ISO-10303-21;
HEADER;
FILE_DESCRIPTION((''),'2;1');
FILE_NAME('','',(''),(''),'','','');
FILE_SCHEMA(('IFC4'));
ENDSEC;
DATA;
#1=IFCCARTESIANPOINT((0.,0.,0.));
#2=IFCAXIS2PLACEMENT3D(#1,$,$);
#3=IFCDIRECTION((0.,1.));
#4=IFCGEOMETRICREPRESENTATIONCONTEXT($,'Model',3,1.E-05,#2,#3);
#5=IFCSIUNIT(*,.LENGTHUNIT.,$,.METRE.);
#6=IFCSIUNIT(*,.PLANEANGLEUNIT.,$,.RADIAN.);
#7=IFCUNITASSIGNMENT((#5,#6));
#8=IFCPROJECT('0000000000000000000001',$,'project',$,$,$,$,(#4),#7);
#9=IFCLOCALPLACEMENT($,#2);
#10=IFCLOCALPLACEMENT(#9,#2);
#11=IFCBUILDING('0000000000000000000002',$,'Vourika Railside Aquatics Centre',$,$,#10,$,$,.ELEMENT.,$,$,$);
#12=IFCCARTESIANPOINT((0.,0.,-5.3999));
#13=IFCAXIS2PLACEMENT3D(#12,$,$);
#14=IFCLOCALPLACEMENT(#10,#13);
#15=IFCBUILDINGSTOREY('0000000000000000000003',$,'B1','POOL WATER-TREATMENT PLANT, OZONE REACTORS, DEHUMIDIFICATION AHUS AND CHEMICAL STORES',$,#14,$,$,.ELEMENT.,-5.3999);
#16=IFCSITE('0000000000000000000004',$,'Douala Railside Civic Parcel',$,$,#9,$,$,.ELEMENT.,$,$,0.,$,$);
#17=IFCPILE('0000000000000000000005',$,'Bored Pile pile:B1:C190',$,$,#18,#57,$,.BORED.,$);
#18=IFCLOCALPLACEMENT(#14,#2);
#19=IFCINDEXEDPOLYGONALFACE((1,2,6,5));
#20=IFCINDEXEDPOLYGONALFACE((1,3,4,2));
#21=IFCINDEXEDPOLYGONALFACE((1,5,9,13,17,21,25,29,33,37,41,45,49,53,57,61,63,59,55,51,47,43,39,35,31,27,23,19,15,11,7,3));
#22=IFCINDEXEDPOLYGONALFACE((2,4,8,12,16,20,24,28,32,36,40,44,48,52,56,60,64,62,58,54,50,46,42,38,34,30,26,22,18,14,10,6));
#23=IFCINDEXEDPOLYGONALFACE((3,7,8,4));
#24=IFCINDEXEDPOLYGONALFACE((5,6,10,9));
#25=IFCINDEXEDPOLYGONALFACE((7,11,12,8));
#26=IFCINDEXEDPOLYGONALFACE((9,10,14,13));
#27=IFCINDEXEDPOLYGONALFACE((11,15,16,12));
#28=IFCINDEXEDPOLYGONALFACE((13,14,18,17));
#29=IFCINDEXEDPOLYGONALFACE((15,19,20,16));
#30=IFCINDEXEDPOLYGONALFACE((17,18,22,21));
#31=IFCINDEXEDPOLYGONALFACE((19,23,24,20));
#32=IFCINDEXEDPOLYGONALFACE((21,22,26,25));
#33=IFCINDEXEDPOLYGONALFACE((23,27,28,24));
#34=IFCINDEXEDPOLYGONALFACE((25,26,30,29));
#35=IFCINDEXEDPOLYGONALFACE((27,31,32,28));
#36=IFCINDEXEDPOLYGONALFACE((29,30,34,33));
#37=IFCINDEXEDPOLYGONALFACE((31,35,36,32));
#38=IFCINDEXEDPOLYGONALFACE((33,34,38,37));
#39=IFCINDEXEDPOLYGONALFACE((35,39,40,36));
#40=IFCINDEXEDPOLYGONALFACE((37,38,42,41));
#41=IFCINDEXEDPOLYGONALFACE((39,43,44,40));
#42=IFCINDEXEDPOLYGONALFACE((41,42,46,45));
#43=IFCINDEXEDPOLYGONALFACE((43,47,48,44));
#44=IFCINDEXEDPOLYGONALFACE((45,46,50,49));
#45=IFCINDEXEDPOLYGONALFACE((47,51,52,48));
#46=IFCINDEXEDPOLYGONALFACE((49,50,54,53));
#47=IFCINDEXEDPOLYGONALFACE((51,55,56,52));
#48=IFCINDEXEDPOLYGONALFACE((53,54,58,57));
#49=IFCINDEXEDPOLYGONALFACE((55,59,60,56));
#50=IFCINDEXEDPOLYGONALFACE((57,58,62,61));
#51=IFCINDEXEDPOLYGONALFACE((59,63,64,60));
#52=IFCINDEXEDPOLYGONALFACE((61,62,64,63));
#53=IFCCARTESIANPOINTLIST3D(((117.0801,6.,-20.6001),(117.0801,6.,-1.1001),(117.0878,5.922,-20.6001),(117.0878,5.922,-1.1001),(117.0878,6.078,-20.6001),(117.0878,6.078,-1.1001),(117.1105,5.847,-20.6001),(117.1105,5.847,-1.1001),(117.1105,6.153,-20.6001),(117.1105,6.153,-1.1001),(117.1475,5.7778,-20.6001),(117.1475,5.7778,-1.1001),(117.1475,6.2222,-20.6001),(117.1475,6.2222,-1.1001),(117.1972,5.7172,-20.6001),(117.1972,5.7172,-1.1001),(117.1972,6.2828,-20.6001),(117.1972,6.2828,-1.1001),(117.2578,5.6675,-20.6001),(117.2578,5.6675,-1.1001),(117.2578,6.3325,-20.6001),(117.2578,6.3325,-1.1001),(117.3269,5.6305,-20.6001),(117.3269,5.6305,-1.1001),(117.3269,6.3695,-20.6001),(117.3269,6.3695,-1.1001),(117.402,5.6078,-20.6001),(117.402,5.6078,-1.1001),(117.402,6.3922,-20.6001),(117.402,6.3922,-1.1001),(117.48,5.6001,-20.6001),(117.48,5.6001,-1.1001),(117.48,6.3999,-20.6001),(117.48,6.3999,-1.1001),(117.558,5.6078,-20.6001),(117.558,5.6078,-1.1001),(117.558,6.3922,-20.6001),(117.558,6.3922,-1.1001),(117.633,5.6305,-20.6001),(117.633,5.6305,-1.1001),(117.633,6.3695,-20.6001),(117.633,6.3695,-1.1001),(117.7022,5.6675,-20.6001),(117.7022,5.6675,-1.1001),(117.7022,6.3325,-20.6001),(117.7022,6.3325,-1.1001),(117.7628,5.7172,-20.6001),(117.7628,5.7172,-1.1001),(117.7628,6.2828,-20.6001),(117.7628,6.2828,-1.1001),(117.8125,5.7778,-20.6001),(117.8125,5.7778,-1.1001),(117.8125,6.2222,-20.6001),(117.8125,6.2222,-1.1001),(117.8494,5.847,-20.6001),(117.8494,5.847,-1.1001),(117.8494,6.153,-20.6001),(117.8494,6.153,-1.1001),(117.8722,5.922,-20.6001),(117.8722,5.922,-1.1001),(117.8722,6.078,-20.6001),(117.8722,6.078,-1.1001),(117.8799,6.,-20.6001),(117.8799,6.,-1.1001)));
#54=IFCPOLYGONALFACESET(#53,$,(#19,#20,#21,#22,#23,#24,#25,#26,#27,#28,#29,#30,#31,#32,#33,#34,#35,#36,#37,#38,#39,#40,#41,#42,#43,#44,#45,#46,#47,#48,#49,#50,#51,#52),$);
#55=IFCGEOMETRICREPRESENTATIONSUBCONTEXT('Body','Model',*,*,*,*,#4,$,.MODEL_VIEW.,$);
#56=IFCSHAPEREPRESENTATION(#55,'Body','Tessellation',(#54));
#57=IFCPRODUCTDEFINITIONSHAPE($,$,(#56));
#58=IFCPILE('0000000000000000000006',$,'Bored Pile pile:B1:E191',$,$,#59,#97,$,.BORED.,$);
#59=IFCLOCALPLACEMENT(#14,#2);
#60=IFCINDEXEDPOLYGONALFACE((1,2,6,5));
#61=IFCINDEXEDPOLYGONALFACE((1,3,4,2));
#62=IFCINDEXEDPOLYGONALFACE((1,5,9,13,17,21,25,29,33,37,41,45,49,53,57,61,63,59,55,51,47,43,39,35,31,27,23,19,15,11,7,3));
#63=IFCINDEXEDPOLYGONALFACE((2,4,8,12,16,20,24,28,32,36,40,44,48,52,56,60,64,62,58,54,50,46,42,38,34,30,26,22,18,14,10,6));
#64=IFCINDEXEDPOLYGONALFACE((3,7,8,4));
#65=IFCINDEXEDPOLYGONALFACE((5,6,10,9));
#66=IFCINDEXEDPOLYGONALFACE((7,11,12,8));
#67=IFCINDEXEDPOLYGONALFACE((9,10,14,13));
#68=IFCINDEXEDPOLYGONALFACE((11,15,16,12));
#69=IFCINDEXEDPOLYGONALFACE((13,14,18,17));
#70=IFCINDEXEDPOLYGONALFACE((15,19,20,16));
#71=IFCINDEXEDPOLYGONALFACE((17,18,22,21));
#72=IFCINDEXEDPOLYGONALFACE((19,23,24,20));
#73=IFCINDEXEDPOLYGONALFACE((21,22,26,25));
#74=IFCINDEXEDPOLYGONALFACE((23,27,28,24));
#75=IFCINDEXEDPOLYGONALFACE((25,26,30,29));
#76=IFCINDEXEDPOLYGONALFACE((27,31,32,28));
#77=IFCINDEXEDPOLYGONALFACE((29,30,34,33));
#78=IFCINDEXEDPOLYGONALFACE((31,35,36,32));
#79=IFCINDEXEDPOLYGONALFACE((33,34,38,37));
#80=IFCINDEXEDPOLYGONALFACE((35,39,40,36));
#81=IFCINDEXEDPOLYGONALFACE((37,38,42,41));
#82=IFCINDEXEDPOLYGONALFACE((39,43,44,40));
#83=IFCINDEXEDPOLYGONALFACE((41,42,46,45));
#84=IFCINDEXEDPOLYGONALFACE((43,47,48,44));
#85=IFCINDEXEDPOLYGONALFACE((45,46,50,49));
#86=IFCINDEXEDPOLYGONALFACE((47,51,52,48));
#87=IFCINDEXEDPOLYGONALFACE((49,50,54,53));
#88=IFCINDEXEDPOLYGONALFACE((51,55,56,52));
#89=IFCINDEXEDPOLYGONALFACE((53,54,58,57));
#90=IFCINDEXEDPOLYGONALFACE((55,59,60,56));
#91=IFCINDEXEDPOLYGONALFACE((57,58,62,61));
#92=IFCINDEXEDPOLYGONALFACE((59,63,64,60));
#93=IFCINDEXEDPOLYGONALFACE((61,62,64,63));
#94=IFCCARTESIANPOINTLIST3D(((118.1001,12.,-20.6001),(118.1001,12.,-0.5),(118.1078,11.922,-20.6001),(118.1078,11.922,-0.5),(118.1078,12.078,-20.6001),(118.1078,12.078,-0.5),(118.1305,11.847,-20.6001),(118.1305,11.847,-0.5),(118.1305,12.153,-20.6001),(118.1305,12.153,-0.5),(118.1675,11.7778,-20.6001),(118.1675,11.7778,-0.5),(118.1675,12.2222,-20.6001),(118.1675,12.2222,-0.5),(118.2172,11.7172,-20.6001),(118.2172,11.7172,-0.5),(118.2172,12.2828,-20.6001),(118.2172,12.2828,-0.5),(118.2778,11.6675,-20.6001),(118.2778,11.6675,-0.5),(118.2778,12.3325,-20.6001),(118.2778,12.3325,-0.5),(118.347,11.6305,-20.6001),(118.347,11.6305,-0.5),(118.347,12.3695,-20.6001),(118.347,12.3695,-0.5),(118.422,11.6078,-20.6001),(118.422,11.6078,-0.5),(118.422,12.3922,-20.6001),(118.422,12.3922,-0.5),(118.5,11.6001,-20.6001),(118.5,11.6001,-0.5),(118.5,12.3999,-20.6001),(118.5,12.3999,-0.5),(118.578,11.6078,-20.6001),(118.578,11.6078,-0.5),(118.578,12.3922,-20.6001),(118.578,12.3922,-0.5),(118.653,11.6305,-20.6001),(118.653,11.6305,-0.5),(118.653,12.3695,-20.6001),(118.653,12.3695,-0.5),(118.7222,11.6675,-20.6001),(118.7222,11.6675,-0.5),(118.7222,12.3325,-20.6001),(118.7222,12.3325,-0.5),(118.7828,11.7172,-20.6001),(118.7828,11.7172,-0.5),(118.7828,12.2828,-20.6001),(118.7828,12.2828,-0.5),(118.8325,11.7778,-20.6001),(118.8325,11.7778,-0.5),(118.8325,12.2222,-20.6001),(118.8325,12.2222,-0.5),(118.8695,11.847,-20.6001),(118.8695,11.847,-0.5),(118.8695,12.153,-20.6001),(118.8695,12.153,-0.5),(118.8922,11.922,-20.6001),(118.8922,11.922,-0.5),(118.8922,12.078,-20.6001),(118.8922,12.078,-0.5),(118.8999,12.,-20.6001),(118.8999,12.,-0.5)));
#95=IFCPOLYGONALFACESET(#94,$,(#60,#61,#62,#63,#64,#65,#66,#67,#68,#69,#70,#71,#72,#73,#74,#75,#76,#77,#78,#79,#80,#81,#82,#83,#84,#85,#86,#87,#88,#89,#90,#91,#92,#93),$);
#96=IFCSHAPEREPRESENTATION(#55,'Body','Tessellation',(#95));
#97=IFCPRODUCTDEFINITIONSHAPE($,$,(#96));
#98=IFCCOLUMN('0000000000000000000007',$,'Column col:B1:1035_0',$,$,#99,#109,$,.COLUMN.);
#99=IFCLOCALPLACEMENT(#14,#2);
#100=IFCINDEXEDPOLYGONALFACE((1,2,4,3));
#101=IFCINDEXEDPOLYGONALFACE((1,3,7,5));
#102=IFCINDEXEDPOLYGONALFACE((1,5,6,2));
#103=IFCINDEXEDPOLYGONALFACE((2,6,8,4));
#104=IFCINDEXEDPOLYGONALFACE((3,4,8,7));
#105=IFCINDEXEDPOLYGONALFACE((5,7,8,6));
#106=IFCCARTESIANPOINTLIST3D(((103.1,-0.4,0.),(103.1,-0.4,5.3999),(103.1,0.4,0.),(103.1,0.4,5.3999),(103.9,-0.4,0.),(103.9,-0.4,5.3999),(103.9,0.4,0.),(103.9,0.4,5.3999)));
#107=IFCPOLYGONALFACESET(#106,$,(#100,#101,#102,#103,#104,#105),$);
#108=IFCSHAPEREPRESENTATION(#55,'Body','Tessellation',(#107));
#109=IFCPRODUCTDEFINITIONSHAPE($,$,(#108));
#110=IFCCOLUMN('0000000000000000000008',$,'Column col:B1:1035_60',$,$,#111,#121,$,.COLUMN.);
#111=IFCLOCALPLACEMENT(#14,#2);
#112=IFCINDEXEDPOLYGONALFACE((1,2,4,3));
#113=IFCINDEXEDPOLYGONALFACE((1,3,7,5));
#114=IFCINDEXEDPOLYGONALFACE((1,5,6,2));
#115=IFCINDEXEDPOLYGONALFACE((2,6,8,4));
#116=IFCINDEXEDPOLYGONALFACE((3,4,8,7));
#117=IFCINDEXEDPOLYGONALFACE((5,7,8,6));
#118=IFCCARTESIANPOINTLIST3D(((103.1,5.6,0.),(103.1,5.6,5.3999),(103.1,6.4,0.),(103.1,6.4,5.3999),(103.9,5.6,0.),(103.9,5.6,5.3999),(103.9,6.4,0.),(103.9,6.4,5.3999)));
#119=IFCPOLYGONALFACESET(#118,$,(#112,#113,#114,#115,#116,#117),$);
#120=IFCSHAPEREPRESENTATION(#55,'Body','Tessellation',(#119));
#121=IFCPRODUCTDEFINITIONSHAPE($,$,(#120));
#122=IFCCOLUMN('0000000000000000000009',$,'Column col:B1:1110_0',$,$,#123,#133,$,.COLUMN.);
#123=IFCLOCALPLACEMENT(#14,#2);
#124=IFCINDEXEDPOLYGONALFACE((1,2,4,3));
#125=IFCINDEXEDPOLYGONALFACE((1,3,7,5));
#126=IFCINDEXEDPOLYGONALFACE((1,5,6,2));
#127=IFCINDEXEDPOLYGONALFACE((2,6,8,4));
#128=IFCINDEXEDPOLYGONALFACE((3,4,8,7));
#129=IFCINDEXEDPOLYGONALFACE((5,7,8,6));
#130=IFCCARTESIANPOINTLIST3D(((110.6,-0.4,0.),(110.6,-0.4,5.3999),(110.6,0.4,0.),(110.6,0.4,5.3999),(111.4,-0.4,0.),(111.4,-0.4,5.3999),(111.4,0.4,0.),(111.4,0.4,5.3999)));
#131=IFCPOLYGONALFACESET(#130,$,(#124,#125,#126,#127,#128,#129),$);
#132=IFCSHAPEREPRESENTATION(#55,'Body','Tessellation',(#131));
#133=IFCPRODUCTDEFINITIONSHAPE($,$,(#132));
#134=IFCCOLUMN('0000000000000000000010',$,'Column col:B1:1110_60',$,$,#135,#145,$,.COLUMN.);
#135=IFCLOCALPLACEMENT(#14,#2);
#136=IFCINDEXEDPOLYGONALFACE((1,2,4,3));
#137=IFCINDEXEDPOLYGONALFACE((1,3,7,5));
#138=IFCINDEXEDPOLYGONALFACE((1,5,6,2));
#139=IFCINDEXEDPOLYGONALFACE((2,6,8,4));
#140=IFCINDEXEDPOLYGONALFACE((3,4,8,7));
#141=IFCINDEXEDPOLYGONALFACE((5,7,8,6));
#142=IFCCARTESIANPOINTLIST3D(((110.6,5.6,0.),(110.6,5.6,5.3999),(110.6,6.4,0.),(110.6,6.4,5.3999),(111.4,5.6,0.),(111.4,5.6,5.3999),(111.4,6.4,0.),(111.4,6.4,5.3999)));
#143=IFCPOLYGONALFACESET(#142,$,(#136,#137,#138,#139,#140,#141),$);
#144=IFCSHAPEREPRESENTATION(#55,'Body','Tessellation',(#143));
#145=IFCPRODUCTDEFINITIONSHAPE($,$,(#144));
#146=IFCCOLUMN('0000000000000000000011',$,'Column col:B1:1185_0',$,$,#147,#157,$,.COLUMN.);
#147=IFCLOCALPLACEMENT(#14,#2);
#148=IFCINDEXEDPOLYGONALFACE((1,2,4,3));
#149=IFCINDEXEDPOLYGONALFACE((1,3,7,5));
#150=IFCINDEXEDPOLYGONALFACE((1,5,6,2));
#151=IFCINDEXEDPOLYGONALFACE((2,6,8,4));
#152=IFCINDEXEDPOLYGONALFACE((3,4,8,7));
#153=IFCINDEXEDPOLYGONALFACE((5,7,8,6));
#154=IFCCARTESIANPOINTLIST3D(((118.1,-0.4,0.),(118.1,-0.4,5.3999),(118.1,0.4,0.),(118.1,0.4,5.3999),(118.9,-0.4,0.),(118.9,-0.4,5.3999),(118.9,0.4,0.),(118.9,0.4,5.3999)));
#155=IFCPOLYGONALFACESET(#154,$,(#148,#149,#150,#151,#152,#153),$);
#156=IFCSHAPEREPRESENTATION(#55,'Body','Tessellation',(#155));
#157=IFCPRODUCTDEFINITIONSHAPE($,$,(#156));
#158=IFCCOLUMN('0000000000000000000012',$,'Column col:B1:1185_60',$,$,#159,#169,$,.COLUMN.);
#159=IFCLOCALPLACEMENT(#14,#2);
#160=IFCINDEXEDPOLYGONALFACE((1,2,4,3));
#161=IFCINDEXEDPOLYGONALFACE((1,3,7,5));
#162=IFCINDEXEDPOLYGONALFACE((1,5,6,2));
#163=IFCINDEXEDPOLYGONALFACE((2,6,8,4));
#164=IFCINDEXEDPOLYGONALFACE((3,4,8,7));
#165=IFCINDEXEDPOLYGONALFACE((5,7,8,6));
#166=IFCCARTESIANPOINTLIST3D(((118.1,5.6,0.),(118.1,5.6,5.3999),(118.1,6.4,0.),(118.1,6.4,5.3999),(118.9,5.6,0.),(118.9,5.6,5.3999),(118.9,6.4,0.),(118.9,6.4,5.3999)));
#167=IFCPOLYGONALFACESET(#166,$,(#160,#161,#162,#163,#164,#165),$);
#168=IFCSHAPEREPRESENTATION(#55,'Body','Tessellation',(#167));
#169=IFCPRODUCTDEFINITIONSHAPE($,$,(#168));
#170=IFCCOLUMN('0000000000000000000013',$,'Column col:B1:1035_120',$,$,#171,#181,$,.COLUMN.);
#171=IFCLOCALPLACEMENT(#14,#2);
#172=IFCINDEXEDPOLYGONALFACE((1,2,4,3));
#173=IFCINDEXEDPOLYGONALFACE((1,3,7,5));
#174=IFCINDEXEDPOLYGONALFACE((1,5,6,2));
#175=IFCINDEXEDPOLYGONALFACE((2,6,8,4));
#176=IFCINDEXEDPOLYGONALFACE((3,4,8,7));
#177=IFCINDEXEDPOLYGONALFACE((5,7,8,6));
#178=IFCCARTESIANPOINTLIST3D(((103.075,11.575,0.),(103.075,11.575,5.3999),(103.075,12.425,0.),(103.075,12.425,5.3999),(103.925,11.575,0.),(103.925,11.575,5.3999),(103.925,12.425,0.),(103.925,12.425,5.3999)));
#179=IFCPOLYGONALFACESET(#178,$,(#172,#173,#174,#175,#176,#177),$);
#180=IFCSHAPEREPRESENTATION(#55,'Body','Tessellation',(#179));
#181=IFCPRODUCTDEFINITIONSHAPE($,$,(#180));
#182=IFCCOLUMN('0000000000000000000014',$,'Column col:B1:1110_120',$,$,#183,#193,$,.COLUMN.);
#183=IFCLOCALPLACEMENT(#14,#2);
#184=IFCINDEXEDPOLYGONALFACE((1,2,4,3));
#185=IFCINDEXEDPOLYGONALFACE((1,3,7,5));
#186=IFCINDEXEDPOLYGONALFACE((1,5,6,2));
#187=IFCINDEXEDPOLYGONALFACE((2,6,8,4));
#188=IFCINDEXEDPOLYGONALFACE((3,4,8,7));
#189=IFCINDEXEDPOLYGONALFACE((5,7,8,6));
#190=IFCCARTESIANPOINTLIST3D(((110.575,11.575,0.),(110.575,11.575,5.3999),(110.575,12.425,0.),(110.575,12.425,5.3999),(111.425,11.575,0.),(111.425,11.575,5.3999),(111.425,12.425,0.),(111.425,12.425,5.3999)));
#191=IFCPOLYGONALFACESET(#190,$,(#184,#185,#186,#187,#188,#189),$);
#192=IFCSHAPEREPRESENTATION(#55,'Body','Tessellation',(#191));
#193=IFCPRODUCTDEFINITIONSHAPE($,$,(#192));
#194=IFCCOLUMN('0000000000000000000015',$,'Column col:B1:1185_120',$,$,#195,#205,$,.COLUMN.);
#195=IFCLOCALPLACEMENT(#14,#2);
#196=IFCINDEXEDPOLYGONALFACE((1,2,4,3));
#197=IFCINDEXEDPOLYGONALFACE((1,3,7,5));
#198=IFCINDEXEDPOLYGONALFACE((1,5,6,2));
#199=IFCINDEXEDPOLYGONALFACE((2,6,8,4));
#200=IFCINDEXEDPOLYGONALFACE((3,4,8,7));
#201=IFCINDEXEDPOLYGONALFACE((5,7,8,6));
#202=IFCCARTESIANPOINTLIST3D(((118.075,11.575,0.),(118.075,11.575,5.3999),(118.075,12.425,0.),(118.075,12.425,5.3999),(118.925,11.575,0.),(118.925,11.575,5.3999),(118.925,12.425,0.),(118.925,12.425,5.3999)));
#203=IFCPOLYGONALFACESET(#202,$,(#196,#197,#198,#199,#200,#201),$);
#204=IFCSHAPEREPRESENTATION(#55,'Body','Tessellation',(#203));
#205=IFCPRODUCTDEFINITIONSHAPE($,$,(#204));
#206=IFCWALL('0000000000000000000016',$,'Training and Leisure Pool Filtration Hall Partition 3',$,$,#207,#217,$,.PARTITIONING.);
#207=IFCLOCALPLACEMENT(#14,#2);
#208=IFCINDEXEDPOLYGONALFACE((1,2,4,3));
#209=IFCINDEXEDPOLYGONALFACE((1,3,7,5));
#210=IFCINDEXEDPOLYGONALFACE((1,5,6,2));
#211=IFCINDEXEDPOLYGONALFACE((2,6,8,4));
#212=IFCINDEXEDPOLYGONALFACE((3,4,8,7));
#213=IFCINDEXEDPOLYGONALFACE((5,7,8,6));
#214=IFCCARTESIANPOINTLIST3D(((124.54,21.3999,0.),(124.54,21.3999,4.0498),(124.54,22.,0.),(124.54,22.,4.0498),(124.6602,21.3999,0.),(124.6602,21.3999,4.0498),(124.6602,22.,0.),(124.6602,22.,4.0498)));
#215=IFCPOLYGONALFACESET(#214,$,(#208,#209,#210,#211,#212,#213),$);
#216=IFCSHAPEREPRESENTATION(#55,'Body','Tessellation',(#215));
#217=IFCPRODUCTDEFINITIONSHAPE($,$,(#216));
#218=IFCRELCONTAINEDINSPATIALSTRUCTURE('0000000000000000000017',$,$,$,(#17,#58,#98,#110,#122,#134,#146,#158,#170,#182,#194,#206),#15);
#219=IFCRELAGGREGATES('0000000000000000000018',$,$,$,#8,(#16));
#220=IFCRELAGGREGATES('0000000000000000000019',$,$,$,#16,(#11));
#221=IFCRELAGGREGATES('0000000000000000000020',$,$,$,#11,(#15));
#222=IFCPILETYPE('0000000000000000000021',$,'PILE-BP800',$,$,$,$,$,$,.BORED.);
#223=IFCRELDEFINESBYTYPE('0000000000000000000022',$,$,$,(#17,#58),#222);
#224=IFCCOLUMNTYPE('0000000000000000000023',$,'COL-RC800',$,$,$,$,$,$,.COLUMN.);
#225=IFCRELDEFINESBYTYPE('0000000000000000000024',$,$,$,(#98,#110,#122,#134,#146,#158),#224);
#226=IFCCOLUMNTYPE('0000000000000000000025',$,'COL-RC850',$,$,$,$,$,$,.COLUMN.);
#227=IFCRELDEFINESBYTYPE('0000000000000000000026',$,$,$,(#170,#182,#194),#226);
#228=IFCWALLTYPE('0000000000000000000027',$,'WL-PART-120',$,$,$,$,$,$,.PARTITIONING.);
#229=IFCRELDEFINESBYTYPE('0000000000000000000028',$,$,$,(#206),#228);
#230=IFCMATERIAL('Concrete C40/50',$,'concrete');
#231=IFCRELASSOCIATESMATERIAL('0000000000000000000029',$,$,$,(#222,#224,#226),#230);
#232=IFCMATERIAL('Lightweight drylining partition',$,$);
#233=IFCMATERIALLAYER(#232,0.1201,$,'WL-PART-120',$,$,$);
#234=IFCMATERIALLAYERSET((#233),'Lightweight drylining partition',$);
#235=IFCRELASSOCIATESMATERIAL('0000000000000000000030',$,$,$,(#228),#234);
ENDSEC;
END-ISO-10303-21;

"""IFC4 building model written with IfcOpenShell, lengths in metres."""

from ifc_helpers import new_model, si_unit, direction, frame, frame_2d, origin, origin_2d, place, context, subcontext, project, spatial, rectangle, circle, extrude, material, layer, layer_set, material_profile, profile_set, type_object, element, save


model = new_model("IFC4")

# Units and contexts
model_context = context("Model", 3, precision=1e-05, world=origin(), true_north=direction((0.0, 1.0)))
body_context = subcontext(model_context, "Body", "Model", "MODEL_VIEW")
ifc_project = project(units=[si_unit("LENGTHUNIT", "METRE"), si_unit("PLANEANGLEUNIT", "RADIAN")], contexts=[model_context])

# Site, building, storey
site_placement = place(None, origin())
site = spatial("IfcSite", under=ifc_project, at=site_placement, Name="Douala Railside Civic Parcel", CompositionType="ELEMENT", RefElevation=0.0)
building_placement = place(site_placement, origin())
building = spatial("IfcBuilding", under=site, at=building_placement, Name="Vourika Railside Aquatics Centre", CompositionType="ELEMENT")
storey_placement = place(building_placement, frame((0.0, 0.0, -5.3999)))
storey = spatial("IfcBuildingStorey", under=building, at=storey_placement, Name="B1", Description="POOL WATER-TREATMENT PLANT, OZONE REACTORS, DEHUMIDIFICATION AHUS AND CHEMICAL STORES", CompositionType="ELEMENT", Elevation=-5.3999)

# Shared definitions
ifc_material_1 = material(Name="Concrete C40/50", Category="concrete")

# Piles
ifc_material_profile_1 = material_profile(ifc_material_1, circle(Radius=0.3999, at=origin_2d()), Name="BP 800")
ifc_profile_set_1 = profile_set([ifc_material_profile_1], Name="Concrete C40/50")
pile_type = type_object("IfcPileType", Name="PILE-BP800", PredefinedType="BORED", material=ifc_profile_set_1)
for number, where, z_axis, x_axis, name in (
    (1, (117.48, 6.0, -1.1001), (0.0, 0.0, -1.0), (1.0, 0.0, 0.0), "Bored Pile pile:B1:C190"),
):
    element("IfcPile", number, at=place(storey_placement, frame(where, z_axis=z_axis, x_axis=x_axis)), inside=storey, type_object=pile_type, Name=name, PredefinedType="BORED", context=body_context, shape_type="SweptSolid", body=[
        extrude(circle(Radius=0.3999, at=origin_2d()), origin(), (0.0, 0.0, 1.0), 19.5),
    ])
pile_1_placement = place(storey_placement, frame((118.5, 12.0, -0.5), z_axis=(0.0, 0.0, -1.0), x_axis=(1.0, 0.0, 0.0)))
element("IfcPile", 2, at=pile_1_placement, inside=storey, type_object=pile_type, Name="Bored Pile pile:B1:E191", PredefinedType="BORED", context=body_context, shape_type="SweptSolid", body=[
    extrude(circle(Radius=0.3999, at=origin_2d()), origin(), (0.0, 0.0, 1.0), 20.1001),
])

# Columns
ifc_material_profile_2 = material_profile(ifc_material_1, rectangle(XDim=0.8, YDim=0.8, at=origin_2d()), Name="RC 800x800")
ifc_profile_set_2 = profile_set([ifc_material_profile_2], Name="Concrete C40/50")
column_type_1 = type_object("IfcColumnType", Name="COL-RC800", PredefinedType="COLUMN", material=ifc_profile_set_2)
for number, where, z_axis, x_axis, name in (
    (3, (103.5, 0.0, 0.0), (0.0, 0.0, 1.0), (1.0, 0.0, 0.0), "Column col:B1:1035_0"),
    (4, (103.5, 6.0, 0.0), (0.0, 0.0, 1.0), (1.0, 0.0, 0.0), "Column col:B1:1035_60"),
    (5, (111.0, 0.0, 0.0), (0.0, 0.0, 1.0), (1.0, 0.0, 0.0), "Column col:B1:1110_0"),
    (6, (111.0, 6.0, 0.0), (0.0, 0.0, 1.0), (1.0, 0.0, 0.0), "Column col:B1:1110_60"),
    (7, (118.5, 0.0, 0.0), (0.0, 0.0, 1.0), (1.0, 0.0, 0.0), "Column col:B1:1185_0"),
    (8, (118.5, 6.0, 0.0), (0.0, 0.0, 1.0), (1.0, 0.0, 0.0), "Column col:B1:1185_60"),
):
    element("IfcColumn", number, at=place(storey_placement, frame(where, z_axis=z_axis, x_axis=x_axis)), inside=storey, type_object=column_type_1, Name=name, PredefinedType="COLUMN", context=body_context, shape_type="SweptSolid", body=[
        extrude(rectangle(XDim=0.8, YDim=0.8, at=origin_2d()), origin(), (0.0, 0.0, 1.0), 5.3999),
    ])
ifc_material_profile_3 = material_profile(ifc_material_1, rectangle(XDim=0.8501, YDim=0.8501, at=origin_2d()), Name="RC 850x850")
ifc_profile_set_3 = profile_set([ifc_material_profile_3], Name="Concrete C40/50")
column_type_2 = type_object("IfcColumnType", Name="COL-RC850", PredefinedType="COLUMN", material=ifc_profile_set_3)
for number, where, z_axis, x_axis, name in (
    (9, (103.5, 12.0, 0.0), (0.0, 0.0, 1.0), (1.0, 0.0, 0.0), "Column col:B1:1035_120"),
    (10, (111.0, 12.0, 0.0), (0.0, 0.0, 1.0), (1.0, 0.0, 0.0), "Column col:B1:1110_120"),
    (11, (118.5, 12.0, 0.0), (0.0, 0.0, 1.0), (1.0, 0.0, 0.0), "Column col:B1:1185_120"),
):
    element("IfcColumn", number, at=place(storey_placement, frame(where, z_axis=z_axis, x_axis=x_axis)), inside=storey, type_object=column_type_2, Name=name, PredefinedType="COLUMN", context=body_context, shape_type="SweptSolid", body=[
        extrude(rectangle(XDim=0.8501, YDim=0.8501, at=origin_2d()), origin(), (0.0, 0.0, 1.0), 5.3999),
    ])

# Wall
ifc_material_2 = material(Name="Lightweight drylining partition")
ifc_layer_1 = layer(ifc_material_2, 0.1201, Name="WL-PART-120")
ifc_layer_set_1 = layer_set([ifc_layer_1], Name="Lightweight drylining partition")
wall_type_1 = type_object("IfcWallType", Name="WL-PART-120", PredefinedType="PARTITIONING", material=ifc_layer_set_1)
wall_1_placement = place(storey_placement, frame((124.6001, 21.3999, 0.0), z_axis=(0.0, 0.0, 1.0), x_axis=(0.0, 1.0, 0.0)))
element("IfcWall", 12, at=wall_1_placement, inside=storey, type_object=wall_type_1, Name="Training and Leisure Pool Filtration Hall Partition 3", PredefinedType="PARTITIONING", context=body_context, shape_type="SweptSolid", body=[
    extrude(rectangle(XDim=0.6001, YDim=0.1201, at=frame_2d((0.3, 0.0))), origin(), (0.0, 0.0, 1.0), 4.0498),
])

save(model, "model.ifc")
